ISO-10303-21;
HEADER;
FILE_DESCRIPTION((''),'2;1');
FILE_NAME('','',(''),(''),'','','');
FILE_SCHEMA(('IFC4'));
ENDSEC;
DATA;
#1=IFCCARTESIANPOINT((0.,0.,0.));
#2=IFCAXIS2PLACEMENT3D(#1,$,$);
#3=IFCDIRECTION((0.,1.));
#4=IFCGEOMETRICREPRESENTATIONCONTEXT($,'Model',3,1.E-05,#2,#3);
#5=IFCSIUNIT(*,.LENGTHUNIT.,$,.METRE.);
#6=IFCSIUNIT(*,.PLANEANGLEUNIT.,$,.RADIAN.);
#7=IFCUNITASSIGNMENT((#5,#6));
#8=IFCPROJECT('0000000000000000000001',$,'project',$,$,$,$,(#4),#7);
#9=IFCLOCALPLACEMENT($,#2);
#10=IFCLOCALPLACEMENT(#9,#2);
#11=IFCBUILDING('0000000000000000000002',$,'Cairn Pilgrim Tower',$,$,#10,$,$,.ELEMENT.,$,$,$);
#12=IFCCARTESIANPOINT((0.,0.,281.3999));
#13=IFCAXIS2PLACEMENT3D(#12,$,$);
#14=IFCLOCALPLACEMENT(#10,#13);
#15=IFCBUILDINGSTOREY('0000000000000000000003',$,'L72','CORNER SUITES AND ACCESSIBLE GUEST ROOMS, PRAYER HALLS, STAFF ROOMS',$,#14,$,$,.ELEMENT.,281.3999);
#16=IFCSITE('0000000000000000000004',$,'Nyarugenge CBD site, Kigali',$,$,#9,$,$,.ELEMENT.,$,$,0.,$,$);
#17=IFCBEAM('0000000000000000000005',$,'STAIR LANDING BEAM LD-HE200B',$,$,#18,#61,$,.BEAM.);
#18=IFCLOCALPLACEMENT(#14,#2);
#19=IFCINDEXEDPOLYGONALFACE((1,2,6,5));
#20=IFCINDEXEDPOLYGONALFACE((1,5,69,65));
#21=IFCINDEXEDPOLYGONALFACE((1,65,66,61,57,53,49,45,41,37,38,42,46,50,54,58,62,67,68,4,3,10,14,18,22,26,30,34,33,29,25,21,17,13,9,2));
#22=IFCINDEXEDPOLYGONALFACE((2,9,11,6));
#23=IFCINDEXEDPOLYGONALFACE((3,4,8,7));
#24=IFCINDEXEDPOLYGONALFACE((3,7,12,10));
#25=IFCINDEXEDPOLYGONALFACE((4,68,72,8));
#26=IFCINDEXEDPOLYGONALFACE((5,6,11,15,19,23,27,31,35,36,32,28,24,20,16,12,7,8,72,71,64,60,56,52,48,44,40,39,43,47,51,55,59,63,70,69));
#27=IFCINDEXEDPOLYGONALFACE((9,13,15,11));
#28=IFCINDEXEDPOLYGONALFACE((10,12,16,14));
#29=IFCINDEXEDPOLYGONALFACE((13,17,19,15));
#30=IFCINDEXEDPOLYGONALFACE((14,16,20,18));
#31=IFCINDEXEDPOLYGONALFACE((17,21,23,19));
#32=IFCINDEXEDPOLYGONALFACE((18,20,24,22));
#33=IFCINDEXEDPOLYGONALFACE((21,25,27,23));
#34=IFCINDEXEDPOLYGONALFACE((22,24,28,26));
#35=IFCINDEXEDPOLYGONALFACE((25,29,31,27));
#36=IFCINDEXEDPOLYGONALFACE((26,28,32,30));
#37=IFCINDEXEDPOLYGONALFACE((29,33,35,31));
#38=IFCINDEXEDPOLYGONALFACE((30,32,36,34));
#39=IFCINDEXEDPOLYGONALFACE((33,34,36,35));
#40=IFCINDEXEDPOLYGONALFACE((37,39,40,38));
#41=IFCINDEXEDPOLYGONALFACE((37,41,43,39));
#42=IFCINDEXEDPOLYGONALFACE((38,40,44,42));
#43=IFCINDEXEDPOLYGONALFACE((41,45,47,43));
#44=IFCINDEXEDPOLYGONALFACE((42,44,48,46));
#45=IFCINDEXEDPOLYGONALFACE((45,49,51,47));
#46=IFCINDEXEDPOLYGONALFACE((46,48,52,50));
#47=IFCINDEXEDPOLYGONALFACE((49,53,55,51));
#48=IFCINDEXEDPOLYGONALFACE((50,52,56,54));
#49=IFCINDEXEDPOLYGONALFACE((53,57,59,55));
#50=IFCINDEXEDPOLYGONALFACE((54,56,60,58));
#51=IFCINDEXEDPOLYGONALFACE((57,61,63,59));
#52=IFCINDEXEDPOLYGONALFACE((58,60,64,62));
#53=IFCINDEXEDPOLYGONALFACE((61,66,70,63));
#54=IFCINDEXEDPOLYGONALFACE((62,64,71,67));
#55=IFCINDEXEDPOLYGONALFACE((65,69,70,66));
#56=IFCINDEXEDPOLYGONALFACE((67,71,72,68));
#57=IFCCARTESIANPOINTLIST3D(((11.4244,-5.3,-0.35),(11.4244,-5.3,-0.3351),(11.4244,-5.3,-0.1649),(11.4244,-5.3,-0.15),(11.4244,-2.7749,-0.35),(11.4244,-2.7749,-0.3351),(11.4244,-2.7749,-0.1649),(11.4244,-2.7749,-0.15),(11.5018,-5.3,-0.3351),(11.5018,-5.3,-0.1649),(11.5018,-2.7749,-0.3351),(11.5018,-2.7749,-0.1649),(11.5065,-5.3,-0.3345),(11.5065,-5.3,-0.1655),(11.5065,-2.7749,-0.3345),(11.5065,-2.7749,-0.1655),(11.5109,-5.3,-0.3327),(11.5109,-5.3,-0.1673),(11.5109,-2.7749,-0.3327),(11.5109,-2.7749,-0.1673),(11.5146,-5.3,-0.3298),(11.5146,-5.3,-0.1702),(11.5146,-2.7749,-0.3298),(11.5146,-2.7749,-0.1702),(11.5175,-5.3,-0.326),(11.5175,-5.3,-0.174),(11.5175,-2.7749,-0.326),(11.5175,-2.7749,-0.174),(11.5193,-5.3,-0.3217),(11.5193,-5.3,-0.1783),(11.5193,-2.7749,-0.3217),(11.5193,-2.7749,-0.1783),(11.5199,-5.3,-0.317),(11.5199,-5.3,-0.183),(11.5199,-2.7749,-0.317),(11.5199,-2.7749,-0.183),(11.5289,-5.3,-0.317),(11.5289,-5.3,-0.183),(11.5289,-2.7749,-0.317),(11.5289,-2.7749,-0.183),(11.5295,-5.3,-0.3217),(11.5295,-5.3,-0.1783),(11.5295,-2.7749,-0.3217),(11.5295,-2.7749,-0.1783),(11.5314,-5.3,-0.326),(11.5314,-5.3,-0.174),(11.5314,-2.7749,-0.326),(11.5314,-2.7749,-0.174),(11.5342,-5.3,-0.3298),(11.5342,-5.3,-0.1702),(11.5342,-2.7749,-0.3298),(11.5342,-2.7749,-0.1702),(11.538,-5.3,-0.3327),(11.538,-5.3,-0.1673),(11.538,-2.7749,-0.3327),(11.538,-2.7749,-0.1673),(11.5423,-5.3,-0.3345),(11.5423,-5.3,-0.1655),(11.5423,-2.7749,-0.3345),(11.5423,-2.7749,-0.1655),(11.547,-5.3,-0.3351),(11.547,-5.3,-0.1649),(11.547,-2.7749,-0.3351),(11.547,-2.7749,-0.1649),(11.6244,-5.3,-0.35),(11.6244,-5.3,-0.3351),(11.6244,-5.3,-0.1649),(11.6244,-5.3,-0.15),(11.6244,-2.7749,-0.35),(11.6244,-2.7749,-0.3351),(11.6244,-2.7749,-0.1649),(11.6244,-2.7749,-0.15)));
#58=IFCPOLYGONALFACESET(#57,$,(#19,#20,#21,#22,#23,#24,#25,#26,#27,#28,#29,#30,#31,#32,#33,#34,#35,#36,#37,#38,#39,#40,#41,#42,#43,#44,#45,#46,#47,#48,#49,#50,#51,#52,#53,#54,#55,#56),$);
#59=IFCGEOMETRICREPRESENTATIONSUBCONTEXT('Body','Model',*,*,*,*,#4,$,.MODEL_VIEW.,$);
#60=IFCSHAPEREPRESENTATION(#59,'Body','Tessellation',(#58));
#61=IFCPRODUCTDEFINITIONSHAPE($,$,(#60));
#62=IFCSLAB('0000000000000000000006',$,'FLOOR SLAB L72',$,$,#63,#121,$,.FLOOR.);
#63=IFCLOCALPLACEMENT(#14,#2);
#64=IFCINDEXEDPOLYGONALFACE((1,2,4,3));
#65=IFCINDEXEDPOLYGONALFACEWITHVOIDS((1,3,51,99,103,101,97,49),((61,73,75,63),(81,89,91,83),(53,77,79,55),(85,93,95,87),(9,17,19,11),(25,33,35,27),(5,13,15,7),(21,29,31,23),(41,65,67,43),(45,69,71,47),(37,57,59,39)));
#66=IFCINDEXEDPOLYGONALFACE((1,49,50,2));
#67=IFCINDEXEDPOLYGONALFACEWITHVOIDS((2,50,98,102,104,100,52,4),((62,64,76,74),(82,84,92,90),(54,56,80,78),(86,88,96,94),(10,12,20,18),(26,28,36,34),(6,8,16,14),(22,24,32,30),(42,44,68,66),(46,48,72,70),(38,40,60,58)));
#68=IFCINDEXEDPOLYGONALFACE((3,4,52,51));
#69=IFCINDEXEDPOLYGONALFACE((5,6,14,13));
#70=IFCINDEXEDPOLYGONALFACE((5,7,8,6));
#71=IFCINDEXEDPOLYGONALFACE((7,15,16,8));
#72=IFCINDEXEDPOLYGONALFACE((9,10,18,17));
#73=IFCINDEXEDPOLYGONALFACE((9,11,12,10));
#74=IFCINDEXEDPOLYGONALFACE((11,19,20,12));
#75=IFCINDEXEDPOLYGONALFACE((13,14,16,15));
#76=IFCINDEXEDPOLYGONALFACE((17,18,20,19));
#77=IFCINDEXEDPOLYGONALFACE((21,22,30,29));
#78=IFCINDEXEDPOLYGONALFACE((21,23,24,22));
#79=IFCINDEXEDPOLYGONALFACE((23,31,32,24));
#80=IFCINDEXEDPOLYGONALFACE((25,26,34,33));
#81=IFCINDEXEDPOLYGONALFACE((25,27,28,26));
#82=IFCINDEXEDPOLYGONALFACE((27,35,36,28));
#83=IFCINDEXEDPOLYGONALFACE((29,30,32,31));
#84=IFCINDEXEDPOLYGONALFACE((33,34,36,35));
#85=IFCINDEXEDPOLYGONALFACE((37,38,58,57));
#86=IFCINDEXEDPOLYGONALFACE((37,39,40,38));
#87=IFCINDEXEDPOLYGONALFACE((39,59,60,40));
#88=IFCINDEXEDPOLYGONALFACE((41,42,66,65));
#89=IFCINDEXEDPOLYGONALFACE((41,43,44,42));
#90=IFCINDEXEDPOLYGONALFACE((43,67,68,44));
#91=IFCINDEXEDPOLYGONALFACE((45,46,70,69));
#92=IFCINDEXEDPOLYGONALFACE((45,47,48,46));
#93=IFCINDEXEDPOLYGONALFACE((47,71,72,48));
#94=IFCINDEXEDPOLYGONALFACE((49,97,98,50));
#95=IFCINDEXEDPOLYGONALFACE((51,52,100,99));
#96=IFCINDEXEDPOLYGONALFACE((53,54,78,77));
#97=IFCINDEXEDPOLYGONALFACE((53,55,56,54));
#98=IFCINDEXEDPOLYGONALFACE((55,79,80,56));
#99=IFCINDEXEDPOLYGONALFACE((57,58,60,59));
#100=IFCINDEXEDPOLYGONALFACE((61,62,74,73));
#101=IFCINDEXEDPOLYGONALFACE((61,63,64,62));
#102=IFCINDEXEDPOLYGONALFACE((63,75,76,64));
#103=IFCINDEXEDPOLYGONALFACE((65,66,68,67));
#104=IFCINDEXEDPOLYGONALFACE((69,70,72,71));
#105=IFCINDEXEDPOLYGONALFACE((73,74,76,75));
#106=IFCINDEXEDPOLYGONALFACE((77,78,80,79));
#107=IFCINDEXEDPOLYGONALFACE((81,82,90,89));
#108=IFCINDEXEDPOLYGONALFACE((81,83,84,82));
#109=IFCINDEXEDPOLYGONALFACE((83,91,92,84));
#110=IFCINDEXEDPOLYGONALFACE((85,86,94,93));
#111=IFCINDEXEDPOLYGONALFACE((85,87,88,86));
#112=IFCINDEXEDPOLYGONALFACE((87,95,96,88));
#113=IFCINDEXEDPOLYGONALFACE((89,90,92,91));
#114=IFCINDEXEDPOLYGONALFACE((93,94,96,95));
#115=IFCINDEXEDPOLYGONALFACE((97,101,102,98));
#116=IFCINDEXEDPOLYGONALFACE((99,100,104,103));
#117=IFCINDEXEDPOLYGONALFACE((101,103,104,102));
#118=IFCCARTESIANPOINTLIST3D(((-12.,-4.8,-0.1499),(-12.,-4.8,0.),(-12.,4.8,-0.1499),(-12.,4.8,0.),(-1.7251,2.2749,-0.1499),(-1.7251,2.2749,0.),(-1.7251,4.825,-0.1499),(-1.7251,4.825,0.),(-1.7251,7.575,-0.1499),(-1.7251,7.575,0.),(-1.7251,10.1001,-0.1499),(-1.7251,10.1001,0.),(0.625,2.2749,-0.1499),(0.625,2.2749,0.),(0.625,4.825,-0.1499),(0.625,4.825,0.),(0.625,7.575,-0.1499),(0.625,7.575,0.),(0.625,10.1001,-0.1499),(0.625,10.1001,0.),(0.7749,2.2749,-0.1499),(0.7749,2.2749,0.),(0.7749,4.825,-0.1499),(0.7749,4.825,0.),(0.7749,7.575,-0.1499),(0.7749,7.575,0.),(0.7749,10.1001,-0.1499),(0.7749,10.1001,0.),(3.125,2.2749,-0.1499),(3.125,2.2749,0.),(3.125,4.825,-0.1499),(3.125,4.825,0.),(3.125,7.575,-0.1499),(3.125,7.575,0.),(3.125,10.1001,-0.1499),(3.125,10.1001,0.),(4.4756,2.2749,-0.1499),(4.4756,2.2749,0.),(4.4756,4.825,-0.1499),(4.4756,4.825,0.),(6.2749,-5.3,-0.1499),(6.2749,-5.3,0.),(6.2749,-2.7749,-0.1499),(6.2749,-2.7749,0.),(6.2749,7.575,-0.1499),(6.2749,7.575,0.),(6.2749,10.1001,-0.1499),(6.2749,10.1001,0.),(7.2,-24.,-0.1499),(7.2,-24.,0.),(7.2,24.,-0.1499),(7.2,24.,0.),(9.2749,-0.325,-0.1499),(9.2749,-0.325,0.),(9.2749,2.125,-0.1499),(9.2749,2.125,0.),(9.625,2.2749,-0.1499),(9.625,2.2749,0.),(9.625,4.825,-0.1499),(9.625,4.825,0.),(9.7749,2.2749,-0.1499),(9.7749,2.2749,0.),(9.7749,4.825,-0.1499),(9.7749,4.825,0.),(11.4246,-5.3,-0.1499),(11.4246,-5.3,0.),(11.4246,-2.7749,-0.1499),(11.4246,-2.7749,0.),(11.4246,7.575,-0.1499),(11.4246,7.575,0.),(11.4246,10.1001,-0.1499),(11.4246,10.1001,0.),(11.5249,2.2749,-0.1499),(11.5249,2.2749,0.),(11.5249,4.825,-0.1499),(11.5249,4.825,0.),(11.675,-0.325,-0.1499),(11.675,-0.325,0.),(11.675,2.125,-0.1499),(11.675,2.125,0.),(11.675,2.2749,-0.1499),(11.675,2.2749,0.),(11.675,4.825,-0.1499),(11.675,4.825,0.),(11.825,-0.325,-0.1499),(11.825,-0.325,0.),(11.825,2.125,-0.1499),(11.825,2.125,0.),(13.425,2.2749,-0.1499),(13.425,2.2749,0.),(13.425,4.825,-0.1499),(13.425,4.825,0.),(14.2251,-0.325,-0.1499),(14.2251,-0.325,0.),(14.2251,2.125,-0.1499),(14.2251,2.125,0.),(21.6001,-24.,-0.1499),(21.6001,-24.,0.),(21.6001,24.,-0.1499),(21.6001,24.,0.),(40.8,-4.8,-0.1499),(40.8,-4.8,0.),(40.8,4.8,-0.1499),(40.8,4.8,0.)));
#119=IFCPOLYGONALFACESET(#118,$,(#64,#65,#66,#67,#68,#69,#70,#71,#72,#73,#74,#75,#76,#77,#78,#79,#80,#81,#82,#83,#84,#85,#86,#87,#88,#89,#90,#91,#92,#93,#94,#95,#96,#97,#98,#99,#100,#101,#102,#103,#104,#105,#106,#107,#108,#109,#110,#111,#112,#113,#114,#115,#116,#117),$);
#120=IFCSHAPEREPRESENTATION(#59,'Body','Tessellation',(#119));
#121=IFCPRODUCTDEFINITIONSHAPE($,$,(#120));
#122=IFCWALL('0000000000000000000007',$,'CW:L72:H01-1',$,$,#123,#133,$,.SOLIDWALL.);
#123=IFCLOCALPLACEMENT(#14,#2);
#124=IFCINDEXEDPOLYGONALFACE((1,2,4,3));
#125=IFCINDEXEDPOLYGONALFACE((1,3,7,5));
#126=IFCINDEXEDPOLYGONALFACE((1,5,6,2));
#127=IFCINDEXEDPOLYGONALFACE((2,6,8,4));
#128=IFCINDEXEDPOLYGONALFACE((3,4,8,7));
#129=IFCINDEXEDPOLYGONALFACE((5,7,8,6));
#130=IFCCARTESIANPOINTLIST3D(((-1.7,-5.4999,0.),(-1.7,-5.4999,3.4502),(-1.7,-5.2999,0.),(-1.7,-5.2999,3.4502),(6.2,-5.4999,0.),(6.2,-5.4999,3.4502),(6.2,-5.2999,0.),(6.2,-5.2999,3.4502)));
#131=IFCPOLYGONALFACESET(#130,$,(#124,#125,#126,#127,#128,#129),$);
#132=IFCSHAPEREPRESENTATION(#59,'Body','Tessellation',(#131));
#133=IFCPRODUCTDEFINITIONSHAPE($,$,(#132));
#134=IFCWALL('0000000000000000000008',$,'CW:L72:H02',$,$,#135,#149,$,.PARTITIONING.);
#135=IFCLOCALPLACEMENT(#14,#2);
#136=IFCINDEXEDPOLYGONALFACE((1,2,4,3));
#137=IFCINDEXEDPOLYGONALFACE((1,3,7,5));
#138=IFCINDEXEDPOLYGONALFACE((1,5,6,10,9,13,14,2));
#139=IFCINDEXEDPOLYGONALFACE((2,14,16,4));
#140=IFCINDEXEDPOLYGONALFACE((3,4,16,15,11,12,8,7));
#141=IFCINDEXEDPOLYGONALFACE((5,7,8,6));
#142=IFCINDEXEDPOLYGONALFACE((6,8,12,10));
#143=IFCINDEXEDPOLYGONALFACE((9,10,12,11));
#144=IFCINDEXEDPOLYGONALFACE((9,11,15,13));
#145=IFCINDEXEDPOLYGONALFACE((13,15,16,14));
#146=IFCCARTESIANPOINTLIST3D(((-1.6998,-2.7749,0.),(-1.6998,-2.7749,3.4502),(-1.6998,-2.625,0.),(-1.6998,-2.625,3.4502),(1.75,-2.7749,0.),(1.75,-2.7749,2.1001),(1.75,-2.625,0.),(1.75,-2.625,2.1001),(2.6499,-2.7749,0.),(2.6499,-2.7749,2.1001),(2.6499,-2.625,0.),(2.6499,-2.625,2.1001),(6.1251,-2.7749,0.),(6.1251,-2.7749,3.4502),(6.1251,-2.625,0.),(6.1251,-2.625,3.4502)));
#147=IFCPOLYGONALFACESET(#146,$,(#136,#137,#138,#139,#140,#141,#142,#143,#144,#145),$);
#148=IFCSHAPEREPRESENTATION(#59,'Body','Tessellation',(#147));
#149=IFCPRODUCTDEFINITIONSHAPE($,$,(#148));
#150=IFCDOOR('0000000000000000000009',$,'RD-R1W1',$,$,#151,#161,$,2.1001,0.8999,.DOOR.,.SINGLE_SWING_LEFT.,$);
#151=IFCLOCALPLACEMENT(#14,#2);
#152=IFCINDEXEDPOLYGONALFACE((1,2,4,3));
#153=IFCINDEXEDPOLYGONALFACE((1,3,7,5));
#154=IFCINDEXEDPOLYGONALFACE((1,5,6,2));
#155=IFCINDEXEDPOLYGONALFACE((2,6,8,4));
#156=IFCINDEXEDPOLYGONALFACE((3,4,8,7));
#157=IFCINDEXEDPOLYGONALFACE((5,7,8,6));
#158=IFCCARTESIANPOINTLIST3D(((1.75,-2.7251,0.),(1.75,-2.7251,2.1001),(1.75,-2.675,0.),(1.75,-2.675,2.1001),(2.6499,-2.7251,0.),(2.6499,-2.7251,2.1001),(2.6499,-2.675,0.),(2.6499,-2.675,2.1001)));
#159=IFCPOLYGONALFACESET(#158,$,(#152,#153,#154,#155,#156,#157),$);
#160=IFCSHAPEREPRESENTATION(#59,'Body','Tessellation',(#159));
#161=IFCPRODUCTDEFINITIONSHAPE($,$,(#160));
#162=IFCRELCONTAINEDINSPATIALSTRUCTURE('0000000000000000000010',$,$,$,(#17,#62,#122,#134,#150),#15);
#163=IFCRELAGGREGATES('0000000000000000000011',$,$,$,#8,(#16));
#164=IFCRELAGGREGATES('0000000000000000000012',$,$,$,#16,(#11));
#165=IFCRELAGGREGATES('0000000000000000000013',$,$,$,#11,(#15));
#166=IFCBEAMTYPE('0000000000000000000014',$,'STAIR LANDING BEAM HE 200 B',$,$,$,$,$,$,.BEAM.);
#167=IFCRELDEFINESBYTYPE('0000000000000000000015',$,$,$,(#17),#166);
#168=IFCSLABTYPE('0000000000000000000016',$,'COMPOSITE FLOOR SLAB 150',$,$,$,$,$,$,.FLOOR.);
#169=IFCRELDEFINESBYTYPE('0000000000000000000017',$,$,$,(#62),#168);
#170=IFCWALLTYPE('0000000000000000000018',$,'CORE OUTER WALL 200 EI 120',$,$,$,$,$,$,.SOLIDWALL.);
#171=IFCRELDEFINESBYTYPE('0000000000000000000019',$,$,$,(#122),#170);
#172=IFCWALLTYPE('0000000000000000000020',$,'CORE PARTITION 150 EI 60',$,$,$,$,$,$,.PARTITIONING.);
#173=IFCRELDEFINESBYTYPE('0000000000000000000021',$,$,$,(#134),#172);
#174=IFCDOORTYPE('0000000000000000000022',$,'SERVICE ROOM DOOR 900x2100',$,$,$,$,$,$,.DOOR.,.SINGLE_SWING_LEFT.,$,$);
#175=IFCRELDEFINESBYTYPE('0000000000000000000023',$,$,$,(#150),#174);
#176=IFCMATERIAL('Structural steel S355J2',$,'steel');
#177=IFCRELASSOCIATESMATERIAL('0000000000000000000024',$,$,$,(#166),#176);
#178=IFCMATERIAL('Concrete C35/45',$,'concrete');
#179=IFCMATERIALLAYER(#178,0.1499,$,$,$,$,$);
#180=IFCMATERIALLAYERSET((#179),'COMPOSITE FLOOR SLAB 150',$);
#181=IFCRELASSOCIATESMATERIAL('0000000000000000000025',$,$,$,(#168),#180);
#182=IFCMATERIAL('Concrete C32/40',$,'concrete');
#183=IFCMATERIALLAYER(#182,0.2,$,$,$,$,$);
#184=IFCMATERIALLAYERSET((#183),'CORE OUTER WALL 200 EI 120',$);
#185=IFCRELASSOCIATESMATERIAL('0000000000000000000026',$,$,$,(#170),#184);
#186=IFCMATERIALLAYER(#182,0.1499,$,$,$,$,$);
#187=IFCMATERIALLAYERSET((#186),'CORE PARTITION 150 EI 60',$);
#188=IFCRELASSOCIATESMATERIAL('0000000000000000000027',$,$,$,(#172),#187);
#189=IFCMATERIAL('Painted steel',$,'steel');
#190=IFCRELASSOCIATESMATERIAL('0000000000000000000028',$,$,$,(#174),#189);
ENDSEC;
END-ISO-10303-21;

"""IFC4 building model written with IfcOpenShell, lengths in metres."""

from ifc_helpers import new_model, si_unit, direction, frame, frame_2d, origin, origin_2d, place, context, subcontext, project, spatial, polyline, rectangle, i_section, outline, extrude, material, layer, layer_set, material_profile, profile_set, type_object, element, fill, save


model = new_model("IFC4")

# Units and contexts
model_context = context("Model", 3, precision=1e-05, world=origin(), true_north=direction((0.0, 1.0)))
body_context = subcontext(model_context, "Body", "Model", "MODEL_VIEW")
ifc_project = project(units=[si_unit("LENGTHUNIT", "METRE"), si_unit("PLANEANGLEUNIT", "RADIAN")], contexts=[model_context])

# Site, building, storey
site_placement = place(None, origin())
site = spatial("IfcSite", under=ifc_project, at=site_placement, Name="Nyarugenge CBD site, Kigali", CompositionType="ELEMENT", RefElevation=0.0)
building_placement = place(site_placement, origin())
building = spatial("IfcBuilding", under=site, at=building_placement, Name="Cairn Pilgrim Tower", CompositionType="ELEMENT")
storey_placement = place(building_placement, frame((0.0, 0.0, 281.3999)))
storey = spatial("IfcBuildingStorey", under=building, at=storey_placement, Name="L72", Description="CORNER SUITES AND ACCESSIBLE GUEST ROOMS, PRAYER HALLS, STAFF ROOMS", CompositionType="ELEMENT", Elevation=281.3999)

# Shared definitions
ifc_material_1 = material(Name="Structural steel S355J2", Category="steel")

# Beam
ifc_material_profile_1 = material_profile(ifc_material_1, i_section(OverallWidth=0.2, OverallDepth=0.2, WebThickness=0.009, FlangeThickness=0.0149, FilletRadius=0.0181, at=origin_2d()), Name="HE 200 B")
ifc_profile_set_1 = profile_set([ifc_material_profile_1], Name="Structural steel S355J2")
beam_type_1 = type_object("IfcBeamType", Name="STAIR LANDING BEAM HE 200 B", PredefinedType="BEAM", material=ifc_profile_set_1)
beam_1_placement = place(storey_placement, frame((11.5244, -2.7749, -0.25), z_axis=(0.0, -1.0, 0.0), x_axis=(1.0, 0.0, 0.0)))
element("IfcBeam", 1, at=beam_1_placement, inside=storey, type_object=beam_type_1, Name="STAIR LANDING BEAM LD-HE200B", PredefinedType="BEAM", context=body_context, shape_type="SweptSolid", body=[
    extrude(i_section(OverallWidth=0.2, OverallDepth=0.2, WebThickness=0.009, FlangeThickness=0.0149, FilletRadius=0.0181, at=origin_2d()), origin(), (0.0, 0.0, 1.0), 2.5251),
])

# Slab
ifc_material_2 = material(Name="Concrete C35/45", Category="concrete")
ifc_layer_1 = layer(ifc_material_2, 0.1499)
ifc_layer_set_1 = layer_set([ifc_layer_1], Name="COMPOSITE FLOOR SLAB 150")
slab_type = type_object("IfcSlabType", Name="COMPOSITE FLOOR SLAB 150", PredefinedType="FLOOR", material=ifc_layer_set_1)
slab_placement = place(storey_placement, frame((0.0, 0.0, -0.1499)))
element("IfcSlab", 2, at=slab_placement, inside=storey, type_object=slab_type, Name="FLOOR SLAB L72", PredefinedType="FLOOR", context=body_context, shape_type="SweptSolid", body=[
    extrude(outline(polyline([(7.2, -24.0), (21.6001, -24.0), (40.8, -4.8), (40.8, 4.8), (21.6001, 24.0), (7.2, 24.0), (-12.0, 4.8), (-12.0, -4.8), (7.2, -24.0)]), holes=[polyline([(9.2749, -0.325), (11.675, -0.325), (11.675, 2.125), (9.2749, 2.125), (9.2749, -0.325)]), polyline([(11.825, -0.325), (14.2251, -0.325), (14.2251, 2.125), (11.825, 2.125), (11.825, -0.325)]), polyline([(-1.7251, 2.2749), (0.625, 2.2749), (0.625, 4.825), (-1.7251, 4.825), (-1.7251, 2.2749)]), polyline([(0.7749, 2.2749), (3.125, 2.2749), (3.125, 4.825), (0.7749, 4.825), (0.7749, 2.2749)]), polyline([(-1.7251, 7.575), (0.625, 7.575), (0.625, 10.1001), (-1.7251, 10.1001), (-1.7251, 7.575)]), polyline([(0.7749, 7.575), (3.125, 7.575), (3.125, 10.1001), (0.7749, 10.1001), (0.7749, 7.575)]), polyline([(9.7749, 2.2749), (11.5249, 2.2749), (11.5249, 4.825), (9.7749, 4.825), (9.7749, 2.2749)]), polyline([(11.675, 2.2749), (13.425, 2.2749), (13.425, 4.825), (11.675, 4.825), (11.675, 2.2749)]), polyline([(11.4246, -2.7749), (6.2749, -2.7749), (6.2749, -5.3), (11.4246, -5.3), (11.4246, -2.7749)]), polyline([(4.4756, 2.2749), (9.625, 2.2749), (9.625, 4.825), (4.4756, 4.825), (4.4756, 2.2749)]), polyline([(11.4246, 10.1001), (6.2749, 10.1001), (6.2749, 7.575), (11.4246, 7.575), (11.4246, 10.1001)])]), origin(), (0.0, 0.0, 1.0), 0.1499),
])

# Wall
ifc_material_3 = material(Name="Concrete C32/40", Category="concrete")
ifc_layer_2 = layer(ifc_material_3, 0.2)
ifc_layer_set_2 = layer_set([ifc_layer_2], Name="CORE OUTER WALL 200 EI 120")
wall_type_1 = type_object("IfcWallType", Name="CORE OUTER WALL 200 EI 120", PredefinedType="SOLIDWALL", material=ifc_layer_set_2)
wall_1_placement = place(storey_placement, frame((-1.7, -5.3999, 0.0), z_axis=(0.0, 0.0, 1.0), x_axis=(1.0, 0.0, 0.0)))
element("IfcWall", 3, at=wall_1_placement, inside=storey, type_object=wall_type_1, Name="CW:L72:H01-1", PredefinedType="SOLIDWALL", context=body_context, shape_type="SweptSolid", body=[
    extrude(rectangle(XDim=7.8999, YDim=0.2, at=frame_2d((3.95, 0.0))), origin(), (0.0, 0.0, 1.0), 3.4502),
])

# Wall, opening, door
ifc_layer_3 = layer(ifc_material_3, 0.1499)
ifc_layer_set_3 = layer_set([ifc_layer_3], Name="CORE PARTITION 150 EI 60")
wall_type_2 = type_object("IfcWallType", Name="CORE PARTITION 150 EI 60", PredefinedType="PARTITIONING", material=ifc_layer_set_3)
wall_2_placement = place(storey_placement, frame((-1.7, -2.7, 0.0), z_axis=(0.0, 0.0, 1.0), x_axis=(1.0, 0.0, 0.0)))
wall_2 = element("IfcWall", 4, at=wall_2_placement, inside=storey, type_object=wall_type_2, Name="CW:L72:H02", PredefinedType="PARTITIONING", context=body_context, shape_type="SweptSolid", body=[
    extrude(rectangle(XDim=7.825, YDim=0.1499, at=frame_2d((3.9126, 0.0))), origin(), (0.0, 0.0, 1.0), 3.4502),
])
opening_1_placement = place(wall_2_placement, frame((3.45, 0.0, 0.0)))
opening_1 = element("IfcOpeningElement", 5, at=opening_1_placement, cuts=wall_2, PredefinedType="OPENING", context=body_context, shape_type="SweptSolid", body=[
    extrude(rectangle(XDim=0.8999, YDim=2.1001, at=frame_2d((0.45, 1.05))), frame((0.0, 0.085, 0.0), z_axis=(0.0, -1.0, 0.0), x_axis=(1.0, 0.0, 0.0)), (0.0, 0.0, 1.0), 0.1699),
])
ifc_material_4 = material(Name="Painted steel", Category="steel")
door_type_1 = type_object("IfcDoorType", Name="SERVICE ROOM DOOR 900x2100", OperationType="SINGLE_SWING_LEFT", PredefinedType="DOOR", material=ifc_material_4)
door_1_placement = place(opening_1_placement, origin())
door_1 = element("IfcDoor", 6, at=door_1_placement, inside=storey, type_object=door_type_1, Name="RD-R1W1", OperationType="SINGLE_SWING_LEFT", OverallHeight=2.1001, OverallWidth=0.8999, PredefinedType="DOOR", context=body_context, shape_type="SweptSolid", body=[
    extrude(rectangle(XDim=0.8999, YDim=2.1001, at=frame_2d((0.45, 1.05))), frame((0.0, 0.0249, 0.0), z_axis=(0.0, -1.0, 0.0), x_axis=(1.0, 0.0, 0.0)), (0.0, 0.0, 1.0), 0.05),
])
fill(opening_1, door_1)

save(model, "model.ifc")
